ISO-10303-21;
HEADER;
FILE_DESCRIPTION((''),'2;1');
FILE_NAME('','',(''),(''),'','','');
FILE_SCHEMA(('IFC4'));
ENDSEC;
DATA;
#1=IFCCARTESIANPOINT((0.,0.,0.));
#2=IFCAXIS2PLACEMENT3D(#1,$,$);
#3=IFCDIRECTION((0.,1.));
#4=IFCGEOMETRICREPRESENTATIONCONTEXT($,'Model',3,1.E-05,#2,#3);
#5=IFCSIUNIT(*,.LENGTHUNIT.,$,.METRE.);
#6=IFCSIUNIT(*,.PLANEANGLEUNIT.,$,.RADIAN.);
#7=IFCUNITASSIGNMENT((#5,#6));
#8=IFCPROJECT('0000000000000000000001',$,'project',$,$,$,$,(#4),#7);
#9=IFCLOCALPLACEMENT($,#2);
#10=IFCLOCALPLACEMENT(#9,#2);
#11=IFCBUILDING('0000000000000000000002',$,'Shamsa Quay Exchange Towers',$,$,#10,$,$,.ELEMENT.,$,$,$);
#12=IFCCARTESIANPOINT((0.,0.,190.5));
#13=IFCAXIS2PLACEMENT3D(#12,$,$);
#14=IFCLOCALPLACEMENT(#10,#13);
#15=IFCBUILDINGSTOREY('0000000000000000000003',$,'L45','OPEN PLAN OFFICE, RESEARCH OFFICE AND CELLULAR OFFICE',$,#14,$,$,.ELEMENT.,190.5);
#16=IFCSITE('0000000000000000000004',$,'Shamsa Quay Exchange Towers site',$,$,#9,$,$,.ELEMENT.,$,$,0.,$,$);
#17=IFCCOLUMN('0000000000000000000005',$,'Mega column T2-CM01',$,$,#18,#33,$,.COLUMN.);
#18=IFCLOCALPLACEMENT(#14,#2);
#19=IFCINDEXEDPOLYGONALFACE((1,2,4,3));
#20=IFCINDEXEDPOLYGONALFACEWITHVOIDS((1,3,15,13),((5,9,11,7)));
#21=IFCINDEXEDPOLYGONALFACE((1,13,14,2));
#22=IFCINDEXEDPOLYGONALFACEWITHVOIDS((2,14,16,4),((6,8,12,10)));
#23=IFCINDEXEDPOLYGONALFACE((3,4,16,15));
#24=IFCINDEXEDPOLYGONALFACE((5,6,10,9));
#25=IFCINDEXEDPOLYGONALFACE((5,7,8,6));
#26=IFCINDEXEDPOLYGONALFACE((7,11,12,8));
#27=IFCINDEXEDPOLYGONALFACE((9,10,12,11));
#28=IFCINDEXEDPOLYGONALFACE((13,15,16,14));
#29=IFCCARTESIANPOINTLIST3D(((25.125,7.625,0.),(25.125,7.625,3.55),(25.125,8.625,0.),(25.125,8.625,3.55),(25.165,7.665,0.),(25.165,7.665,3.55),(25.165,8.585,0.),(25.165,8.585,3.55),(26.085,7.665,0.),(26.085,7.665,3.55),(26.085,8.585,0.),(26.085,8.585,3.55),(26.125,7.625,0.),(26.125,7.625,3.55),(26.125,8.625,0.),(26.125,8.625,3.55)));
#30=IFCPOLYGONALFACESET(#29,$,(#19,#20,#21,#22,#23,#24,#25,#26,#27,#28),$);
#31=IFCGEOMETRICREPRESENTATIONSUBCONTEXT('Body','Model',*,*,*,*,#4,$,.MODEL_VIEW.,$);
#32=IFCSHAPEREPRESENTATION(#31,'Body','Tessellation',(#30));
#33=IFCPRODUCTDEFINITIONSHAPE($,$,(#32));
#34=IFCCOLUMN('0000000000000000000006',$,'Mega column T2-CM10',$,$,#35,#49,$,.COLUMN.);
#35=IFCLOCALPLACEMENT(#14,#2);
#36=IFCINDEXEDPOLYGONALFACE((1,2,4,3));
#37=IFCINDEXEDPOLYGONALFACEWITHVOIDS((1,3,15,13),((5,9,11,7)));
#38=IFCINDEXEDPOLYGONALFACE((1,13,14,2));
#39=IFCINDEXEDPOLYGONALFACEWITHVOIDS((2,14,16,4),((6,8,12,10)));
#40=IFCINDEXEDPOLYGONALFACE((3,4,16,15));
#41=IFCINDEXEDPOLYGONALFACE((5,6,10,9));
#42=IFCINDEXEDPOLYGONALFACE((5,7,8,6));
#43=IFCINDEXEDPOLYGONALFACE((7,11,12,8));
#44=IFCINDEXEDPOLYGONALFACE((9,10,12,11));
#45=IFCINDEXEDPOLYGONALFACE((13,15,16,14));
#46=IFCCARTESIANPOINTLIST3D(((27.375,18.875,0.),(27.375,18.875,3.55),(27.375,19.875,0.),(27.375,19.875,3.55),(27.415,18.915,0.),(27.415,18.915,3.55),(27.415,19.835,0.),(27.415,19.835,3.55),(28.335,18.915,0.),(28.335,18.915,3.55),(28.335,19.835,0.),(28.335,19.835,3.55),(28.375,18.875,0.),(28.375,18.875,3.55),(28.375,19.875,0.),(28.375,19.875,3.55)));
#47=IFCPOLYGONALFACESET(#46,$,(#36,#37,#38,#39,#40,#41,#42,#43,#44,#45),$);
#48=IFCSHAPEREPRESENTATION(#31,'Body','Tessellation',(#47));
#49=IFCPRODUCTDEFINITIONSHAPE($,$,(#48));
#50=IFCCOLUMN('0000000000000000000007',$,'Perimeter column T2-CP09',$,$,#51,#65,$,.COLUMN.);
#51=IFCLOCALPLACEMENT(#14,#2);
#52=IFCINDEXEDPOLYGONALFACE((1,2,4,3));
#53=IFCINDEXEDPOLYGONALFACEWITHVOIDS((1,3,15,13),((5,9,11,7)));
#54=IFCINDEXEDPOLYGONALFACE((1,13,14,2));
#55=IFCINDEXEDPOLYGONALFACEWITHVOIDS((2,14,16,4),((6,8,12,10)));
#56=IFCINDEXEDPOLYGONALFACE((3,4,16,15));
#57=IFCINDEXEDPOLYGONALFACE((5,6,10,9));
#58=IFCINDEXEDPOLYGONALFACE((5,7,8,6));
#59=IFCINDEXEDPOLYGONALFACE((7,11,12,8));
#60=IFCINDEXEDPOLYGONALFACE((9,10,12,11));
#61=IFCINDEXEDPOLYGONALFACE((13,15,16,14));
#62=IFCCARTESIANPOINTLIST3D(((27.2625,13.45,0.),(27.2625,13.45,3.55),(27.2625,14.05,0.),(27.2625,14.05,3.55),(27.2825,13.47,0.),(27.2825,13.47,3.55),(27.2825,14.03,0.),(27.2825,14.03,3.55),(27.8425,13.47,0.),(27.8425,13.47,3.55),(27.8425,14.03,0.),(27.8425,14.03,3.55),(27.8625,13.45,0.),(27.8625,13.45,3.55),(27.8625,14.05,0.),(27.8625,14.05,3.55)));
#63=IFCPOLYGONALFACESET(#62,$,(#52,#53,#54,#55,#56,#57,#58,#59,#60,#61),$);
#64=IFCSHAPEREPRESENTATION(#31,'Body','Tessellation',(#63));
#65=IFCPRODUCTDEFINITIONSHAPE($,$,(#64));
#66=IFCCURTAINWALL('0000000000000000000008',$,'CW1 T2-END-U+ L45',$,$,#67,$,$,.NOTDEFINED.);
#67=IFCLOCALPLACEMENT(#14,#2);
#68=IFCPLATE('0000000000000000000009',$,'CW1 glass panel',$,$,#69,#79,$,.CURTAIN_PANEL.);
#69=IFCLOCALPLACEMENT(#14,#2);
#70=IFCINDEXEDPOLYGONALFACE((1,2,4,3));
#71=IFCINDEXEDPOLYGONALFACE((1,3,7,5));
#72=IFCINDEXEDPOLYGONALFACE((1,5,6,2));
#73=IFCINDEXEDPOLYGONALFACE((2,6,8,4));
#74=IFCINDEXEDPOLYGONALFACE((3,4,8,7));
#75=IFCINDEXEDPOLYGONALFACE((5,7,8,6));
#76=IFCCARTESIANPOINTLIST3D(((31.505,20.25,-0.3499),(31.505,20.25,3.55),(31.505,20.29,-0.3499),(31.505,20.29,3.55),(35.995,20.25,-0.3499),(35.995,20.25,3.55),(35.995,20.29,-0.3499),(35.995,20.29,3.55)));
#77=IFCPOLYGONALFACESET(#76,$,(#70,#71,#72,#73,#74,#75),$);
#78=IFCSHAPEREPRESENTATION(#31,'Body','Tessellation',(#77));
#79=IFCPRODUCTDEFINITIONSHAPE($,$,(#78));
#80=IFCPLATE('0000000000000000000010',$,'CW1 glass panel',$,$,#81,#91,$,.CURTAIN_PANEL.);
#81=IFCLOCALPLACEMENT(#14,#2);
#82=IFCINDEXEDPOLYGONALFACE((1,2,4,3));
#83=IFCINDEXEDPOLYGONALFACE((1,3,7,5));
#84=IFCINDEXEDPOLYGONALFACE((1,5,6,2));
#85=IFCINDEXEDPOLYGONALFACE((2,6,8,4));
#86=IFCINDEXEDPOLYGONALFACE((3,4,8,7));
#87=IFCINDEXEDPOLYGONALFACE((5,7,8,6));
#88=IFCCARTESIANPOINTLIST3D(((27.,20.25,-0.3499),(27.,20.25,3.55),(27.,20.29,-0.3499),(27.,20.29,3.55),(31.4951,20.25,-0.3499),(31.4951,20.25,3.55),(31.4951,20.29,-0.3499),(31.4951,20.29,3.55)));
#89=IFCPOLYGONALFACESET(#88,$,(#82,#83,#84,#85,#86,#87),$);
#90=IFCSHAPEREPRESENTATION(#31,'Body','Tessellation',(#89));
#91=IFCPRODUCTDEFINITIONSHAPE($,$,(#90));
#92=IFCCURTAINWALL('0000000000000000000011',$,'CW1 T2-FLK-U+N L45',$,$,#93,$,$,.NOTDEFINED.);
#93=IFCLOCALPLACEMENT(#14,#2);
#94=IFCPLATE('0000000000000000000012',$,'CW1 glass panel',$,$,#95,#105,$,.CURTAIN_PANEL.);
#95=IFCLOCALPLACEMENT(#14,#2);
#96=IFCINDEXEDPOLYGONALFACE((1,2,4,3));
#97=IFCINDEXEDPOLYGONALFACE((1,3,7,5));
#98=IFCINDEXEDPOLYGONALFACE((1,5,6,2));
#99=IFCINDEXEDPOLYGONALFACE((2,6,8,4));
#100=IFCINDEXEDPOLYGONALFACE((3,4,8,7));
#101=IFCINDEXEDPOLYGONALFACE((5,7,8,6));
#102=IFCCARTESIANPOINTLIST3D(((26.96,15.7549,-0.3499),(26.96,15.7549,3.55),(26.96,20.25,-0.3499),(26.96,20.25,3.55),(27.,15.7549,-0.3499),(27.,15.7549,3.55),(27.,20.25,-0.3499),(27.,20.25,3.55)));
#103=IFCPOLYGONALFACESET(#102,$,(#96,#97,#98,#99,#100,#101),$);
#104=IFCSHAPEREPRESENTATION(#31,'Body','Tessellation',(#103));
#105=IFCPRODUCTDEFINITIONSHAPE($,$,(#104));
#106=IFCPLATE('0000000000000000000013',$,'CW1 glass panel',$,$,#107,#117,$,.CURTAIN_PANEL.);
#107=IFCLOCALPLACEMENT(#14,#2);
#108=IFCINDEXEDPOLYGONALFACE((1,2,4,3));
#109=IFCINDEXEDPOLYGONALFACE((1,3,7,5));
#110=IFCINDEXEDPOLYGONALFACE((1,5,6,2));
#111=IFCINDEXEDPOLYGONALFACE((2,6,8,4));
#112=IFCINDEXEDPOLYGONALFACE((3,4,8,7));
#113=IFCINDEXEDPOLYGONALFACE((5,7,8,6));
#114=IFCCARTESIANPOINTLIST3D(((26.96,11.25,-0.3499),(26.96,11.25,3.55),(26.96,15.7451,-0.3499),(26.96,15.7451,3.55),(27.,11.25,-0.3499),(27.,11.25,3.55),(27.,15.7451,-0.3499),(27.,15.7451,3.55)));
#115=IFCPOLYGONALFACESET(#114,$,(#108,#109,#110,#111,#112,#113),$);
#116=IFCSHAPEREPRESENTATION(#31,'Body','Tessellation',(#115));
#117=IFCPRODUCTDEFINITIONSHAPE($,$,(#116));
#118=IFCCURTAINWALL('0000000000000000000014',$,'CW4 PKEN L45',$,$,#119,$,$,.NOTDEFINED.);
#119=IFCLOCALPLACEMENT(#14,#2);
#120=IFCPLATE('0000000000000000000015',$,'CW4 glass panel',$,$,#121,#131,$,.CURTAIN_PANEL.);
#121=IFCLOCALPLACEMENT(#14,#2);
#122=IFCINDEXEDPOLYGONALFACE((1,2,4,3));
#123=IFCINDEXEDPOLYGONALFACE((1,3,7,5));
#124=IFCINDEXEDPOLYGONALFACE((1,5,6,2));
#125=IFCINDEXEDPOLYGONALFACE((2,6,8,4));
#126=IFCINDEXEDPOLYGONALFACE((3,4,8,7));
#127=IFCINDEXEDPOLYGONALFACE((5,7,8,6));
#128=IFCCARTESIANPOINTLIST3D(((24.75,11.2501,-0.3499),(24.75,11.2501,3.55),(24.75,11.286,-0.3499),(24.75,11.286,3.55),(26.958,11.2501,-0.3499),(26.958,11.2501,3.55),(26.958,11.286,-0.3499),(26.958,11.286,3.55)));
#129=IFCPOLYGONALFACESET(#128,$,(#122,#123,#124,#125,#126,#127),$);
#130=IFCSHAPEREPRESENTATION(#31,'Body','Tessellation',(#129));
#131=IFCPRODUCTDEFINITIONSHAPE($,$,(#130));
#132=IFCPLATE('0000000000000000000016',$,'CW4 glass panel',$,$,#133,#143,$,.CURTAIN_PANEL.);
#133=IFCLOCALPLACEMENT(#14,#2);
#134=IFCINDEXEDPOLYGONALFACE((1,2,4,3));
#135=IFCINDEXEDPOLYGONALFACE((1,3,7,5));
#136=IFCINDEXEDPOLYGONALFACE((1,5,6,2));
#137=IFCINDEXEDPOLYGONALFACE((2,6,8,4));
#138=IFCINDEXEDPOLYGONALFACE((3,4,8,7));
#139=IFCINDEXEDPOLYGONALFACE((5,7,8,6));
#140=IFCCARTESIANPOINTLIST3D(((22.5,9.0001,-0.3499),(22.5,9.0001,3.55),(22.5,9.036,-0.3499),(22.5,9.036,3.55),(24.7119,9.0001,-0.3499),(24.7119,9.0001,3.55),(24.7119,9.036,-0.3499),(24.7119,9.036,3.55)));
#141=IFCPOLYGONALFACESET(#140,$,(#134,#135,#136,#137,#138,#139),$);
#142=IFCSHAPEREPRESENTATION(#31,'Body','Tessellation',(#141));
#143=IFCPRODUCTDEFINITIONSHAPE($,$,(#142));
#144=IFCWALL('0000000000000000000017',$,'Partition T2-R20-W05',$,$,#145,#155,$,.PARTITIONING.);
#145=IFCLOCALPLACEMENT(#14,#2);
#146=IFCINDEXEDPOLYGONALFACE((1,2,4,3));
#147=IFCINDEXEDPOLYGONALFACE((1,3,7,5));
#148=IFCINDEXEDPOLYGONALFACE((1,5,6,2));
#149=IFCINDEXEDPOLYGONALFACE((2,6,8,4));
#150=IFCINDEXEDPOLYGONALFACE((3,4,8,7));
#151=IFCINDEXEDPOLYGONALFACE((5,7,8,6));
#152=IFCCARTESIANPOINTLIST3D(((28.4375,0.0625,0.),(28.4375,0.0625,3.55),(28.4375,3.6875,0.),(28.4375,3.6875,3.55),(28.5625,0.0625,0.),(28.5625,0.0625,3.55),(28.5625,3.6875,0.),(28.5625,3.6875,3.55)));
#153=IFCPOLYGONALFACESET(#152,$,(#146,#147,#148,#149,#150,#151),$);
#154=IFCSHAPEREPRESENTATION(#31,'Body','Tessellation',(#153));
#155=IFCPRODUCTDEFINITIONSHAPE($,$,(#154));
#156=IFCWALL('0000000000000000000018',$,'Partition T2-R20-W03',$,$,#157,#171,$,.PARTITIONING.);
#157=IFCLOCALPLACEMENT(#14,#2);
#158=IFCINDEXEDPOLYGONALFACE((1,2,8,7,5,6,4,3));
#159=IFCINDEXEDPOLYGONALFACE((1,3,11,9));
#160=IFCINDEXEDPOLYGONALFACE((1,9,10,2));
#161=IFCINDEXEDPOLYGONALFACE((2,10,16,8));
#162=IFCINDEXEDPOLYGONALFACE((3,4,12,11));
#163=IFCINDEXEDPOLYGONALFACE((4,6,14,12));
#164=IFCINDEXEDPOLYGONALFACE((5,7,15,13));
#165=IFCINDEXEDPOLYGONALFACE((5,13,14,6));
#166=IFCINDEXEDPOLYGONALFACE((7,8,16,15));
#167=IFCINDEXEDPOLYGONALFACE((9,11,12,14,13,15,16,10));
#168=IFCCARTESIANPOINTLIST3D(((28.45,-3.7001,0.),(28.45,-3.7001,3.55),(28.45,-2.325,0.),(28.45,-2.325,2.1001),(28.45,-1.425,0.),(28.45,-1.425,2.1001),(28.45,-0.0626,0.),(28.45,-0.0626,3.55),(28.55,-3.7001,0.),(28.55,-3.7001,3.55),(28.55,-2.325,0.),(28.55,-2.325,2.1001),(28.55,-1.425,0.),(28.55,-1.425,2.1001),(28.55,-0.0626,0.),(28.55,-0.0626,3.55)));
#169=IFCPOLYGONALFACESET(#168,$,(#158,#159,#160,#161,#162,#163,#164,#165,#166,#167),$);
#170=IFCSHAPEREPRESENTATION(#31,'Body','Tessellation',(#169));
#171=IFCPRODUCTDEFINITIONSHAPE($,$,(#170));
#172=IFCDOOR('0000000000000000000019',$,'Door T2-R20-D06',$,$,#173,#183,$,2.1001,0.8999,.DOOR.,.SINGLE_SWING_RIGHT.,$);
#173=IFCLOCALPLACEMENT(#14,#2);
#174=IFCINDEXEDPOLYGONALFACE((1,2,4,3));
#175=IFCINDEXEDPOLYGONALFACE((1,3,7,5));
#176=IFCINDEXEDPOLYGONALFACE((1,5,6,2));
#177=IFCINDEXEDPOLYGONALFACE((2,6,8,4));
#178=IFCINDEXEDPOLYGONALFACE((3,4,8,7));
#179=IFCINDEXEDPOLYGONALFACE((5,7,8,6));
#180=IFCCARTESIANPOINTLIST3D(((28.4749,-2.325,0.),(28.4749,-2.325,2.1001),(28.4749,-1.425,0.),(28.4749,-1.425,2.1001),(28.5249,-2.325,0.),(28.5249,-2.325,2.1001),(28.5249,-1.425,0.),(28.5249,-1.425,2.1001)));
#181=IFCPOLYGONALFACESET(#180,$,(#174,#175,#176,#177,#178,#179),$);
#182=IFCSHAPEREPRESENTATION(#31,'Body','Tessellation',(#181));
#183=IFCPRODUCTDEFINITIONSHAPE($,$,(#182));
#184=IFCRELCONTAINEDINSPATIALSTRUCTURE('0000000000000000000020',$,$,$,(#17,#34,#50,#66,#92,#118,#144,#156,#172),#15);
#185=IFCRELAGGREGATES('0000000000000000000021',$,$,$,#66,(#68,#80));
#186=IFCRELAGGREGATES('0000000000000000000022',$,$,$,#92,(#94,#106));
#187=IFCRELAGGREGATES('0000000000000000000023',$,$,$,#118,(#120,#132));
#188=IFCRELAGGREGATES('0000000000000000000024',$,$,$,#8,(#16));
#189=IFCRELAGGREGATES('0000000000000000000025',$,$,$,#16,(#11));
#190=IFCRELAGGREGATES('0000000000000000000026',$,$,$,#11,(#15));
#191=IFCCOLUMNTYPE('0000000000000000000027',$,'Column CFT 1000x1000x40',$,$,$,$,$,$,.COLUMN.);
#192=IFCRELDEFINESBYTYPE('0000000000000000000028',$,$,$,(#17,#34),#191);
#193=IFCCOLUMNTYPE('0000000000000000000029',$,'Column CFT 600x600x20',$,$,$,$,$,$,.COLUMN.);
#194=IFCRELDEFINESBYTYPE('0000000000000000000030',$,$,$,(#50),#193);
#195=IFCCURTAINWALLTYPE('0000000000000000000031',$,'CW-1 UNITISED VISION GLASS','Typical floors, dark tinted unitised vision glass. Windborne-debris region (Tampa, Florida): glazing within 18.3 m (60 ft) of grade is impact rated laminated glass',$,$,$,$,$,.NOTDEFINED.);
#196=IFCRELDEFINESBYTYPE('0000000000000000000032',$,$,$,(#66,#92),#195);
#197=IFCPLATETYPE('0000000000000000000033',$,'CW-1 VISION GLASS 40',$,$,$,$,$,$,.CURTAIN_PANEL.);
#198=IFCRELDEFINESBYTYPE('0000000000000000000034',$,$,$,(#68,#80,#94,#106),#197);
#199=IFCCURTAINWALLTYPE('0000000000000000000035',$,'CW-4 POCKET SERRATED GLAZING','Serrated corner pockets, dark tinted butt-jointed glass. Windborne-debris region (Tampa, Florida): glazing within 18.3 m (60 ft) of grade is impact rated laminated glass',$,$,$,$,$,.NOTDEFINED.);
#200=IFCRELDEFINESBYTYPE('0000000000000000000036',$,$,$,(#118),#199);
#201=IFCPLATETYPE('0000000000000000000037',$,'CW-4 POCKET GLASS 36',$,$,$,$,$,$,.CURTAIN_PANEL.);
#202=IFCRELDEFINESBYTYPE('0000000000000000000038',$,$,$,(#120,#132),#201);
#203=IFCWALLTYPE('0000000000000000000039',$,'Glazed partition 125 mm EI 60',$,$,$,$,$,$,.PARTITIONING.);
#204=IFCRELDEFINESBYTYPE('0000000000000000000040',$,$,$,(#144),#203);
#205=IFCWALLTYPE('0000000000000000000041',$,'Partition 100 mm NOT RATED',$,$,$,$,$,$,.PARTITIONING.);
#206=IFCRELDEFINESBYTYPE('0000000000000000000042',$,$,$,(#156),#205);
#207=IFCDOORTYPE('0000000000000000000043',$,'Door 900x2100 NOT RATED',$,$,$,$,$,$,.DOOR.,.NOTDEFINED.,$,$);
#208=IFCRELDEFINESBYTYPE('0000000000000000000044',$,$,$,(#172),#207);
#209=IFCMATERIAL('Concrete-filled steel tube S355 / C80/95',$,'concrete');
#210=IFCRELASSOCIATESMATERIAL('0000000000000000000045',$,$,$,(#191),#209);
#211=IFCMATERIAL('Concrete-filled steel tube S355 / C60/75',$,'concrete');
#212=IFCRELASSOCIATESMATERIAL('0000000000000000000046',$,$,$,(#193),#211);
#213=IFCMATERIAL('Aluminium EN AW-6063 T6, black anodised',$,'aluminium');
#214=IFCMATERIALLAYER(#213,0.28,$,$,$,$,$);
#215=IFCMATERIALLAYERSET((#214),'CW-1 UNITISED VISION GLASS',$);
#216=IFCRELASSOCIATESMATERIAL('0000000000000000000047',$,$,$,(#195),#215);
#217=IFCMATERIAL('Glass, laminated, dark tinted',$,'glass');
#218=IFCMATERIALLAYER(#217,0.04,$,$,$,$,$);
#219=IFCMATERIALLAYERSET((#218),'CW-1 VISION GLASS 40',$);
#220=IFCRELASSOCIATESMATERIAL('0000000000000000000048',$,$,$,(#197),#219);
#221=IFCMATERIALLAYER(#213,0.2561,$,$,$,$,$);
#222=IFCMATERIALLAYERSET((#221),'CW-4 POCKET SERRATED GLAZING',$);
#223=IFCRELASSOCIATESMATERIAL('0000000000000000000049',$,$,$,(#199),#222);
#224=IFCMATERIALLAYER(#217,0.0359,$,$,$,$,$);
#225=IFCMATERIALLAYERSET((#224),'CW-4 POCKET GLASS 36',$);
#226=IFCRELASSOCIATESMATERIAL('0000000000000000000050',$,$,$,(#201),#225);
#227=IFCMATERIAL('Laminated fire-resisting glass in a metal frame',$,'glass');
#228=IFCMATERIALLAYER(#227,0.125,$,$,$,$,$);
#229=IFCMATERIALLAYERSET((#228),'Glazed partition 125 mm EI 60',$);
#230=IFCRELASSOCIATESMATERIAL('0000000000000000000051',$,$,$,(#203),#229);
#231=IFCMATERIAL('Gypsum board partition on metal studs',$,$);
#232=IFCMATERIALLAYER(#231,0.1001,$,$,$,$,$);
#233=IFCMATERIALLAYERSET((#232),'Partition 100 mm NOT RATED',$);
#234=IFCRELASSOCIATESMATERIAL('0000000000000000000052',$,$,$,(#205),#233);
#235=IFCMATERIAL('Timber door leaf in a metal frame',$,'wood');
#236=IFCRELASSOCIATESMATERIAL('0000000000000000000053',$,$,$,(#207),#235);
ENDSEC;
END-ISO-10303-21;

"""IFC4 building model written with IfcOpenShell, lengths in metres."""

from ifc_helpers import new_model, si_unit, direction, frame, frame_2d, origin, origin_2d, place, context, subcontext, project, spatial, rectangle, hollow_rectangle, extrude, material, layer, layer_set, material_profile, profile_set, type_object, element, fill, aggregate, save


model = new_model("IFC4")

# Units and contexts
model_context = context("Model", 3, precision=1e-05, world=origin(), true_north=direction((0.0, 1.0)))
body_context = subcontext(model_context, "Body", "Model", "MODEL_VIEW")
ifc_project = project(units=[si_unit("LENGTHUNIT", "METRE"), si_unit("PLANEANGLEUNIT", "RADIAN")], contexts=[model_context])

# Site, building, storey
site_placement = place(None, origin())
site = spatial("IfcSite", under=ifc_project, at=site_placement, Name="Shamsa Quay Exchange Towers site", CompositionType="ELEMENT", RefElevation=0.0)
building_placement = place(site_placement, origin())
building = spatial("IfcBuilding", under=site, at=building_placement, Name="Shamsa Quay Exchange Towers", CompositionType="ELEMENT")
storey_placement = place(building_placement, frame((0.0, 0.0, 190.5)))
storey = spatial("IfcBuildingStorey", under=building, at=storey_placement, Name="L45", Description="OPEN PLAN OFFICE, RESEARCH OFFICE AND CELLULAR OFFICE", CompositionType="ELEMENT", Elevation=190.5)

# Columns
ifc_material_1 = material(Name="Concrete-filled steel tube S355 / C80/95", Category="concrete")
ifc_material_profile_1 = material_profile(ifc_material_1, hollow_rectangle(XDim=1.0, YDim=1.0, WallThickness=0.04, at=origin_2d()), Name="CFT 1000x1000x40")
ifc_profile_set_1 = profile_set([ifc_material_profile_1], Name="Concrete-filled steel tube S355 / C80/95")
column_type_1 = type_object("IfcColumnType", Name="Column CFT 1000x1000x40", PredefinedType="COLUMN", material=ifc_profile_set_1)
for number, where, name in (
    (1, (25.625, 8.125, 0.0), "Mega column T2-CM01"),
    (2, (27.875, 19.375, 0.0), "Mega column T2-CM10"),
):
    element("IfcColumn", number, at=place(storey_placement, frame(where)), inside=storey, type_object=column_type_1, Name=name, PredefinedType="COLUMN", context=body_context, shape_type="SweptSolid", body=[
        extrude(hollow_rectangle(XDim=1.0, YDim=1.0, WallThickness=0.04, at=origin_2d()), origin(), (0.0, 0.0, 1.0), 3.55),
    ])
ifc_material_2 = material(Name="Concrete-filled steel tube S355 / C60/75", Category="concrete")
ifc_material_profile_2 = material_profile(ifc_material_2, hollow_rectangle(XDim=0.6001, YDim=0.6001, WallThickness=0.02, at=origin_2d()), Name="CFT 600x600x20")
ifc_profile_set_2 = profile_set([ifc_material_profile_2], Name="Concrete-filled steel tube S355 / C60/75")
column_type_2 = type_object("IfcColumnType", Name="Column CFT 600x600x20", PredefinedType="COLUMN", material=ifc_profile_set_2)
column_placement = place(storey_placement, frame((27.5625, 13.75, 0.0)))
element("IfcColumn", 3, at=column_placement, inside=storey, type_object=column_type_2, Name="Perimeter column T2-CP09", PredefinedType="COLUMN", context=body_context, shape_type="SweptSolid", body=[
    extrude(hollow_rectangle(XDim=0.6001, YDim=0.6001, WallThickness=0.02, at=origin_2d()), origin(), (0.0, 0.0, 1.0), 3.55),
])

# Curtain walls, plates
ifc_material_3 = material(Name="Aluminium EN AW-6063 T6, black anodised", Category="aluminium")
ifc_layer_1 = layer(ifc_material_3, 0.28)
ifc_layer_set_1 = layer_set([ifc_layer_1], Name="CW-1 UNITISED VISION GLASS")
curtain_wall_type_1 = type_object("IfcCurtainWallType", Name="CW-1 UNITISED VISION GLASS", Description="Typical floors, dark tinted unitised vision glass. Windborne-debris region (Tampa, Florida): glazing within 18.3 m (60 ft) of grade is impact rated laminated glass", PredefinedType="NOTDEFINED", material=ifc_layer_set_1)
curtain_wall_1_placement = place(storey_placement, origin())
curtain_wall_1 = element("IfcCurtainWall", 4, at=curtain_wall_1_placement, inside=storey, type_object=curtain_wall_type_1, Name="CW1 T2-END-U+ L45", PredefinedType="NOTDEFINED")
ifc_material_4 = material(Name="Glass, laminated, dark tinted", Category="glass")
ifc_layer_2 = layer(ifc_material_4, 0.04)
ifc_layer_set_2 = layer_set([ifc_layer_2], Name="CW-1 VISION GLASS 40")
plate_type_1 = type_object("IfcPlateType", Name="CW-1 VISION GLASS 40", PredefinedType="CURTAIN_PANEL", material=ifc_layer_set_2)
plate_1_placement = place(storey_placement, frame((33.75, 20.27, -0.3499), z_axis=(0.0, 0.0, 1.0), x_axis=(-1.0, 0.0, 0.0)))
plate_1 = element("IfcPlate", 5, at=plate_1_placement, type_object=plate_type_1, Name="CW1 glass panel", PredefinedType="CURTAIN_PANEL", context=body_context, shape_type="SweptSolid", body=[
    extrude(rectangle(XDim=4.49, YDim=0.04, at=origin_2d()), origin(), (0.0, 0.0, 1.0), 3.8999),
])
plate_2_placement = place(storey_placement, frame((29.2476, 20.27, -0.3499), z_axis=(0.0, 0.0, 1.0), x_axis=(-1.0, 0.0, 0.0)))
plate_2 = element("IfcPlate", 6, at=plate_2_placement, type_object=plate_type_1, Name="CW1 glass panel", PredefinedType="CURTAIN_PANEL", context=body_context, shape_type="SweptSolid", body=[
    extrude(rectangle(XDim=4.4951, YDim=0.04, at=origin_2d()), origin(), (0.0, 0.0, 1.0), 3.8999),
])
aggregate(curtain_wall_1, [plate_1, plate_2])
curtain_wall_2_placement = place(storey_placement, origin())
curtain_wall_2 = element("IfcCurtainWall", 7, at=curtain_wall_2_placement, inside=storey, type_object=curtain_wall_type_1, Name="CW1 T2-FLK-U+N L45", PredefinedType="NOTDEFINED")
plate_3_placement = place(storey_placement, frame((26.98, 18.0024, -0.3499), z_axis=(0.0, 0.0, 1.0), x_axis=(0.0, -1.0, 0.0)))
plate_3 = element("IfcPlate", 8, at=plate_3_placement, type_object=plate_type_1, Name="CW1 glass panel", PredefinedType="CURTAIN_PANEL", context=body_context, shape_type="SweptSolid", body=[
    extrude(rectangle(XDim=4.4951, YDim=0.04, at=origin_2d()), origin(), (0.0, 0.0, 1.0), 3.8999),
])
plate_4_placement = place(storey_placement, frame((26.98, 13.4976, -0.3499), z_axis=(0.0, 0.0, 1.0), x_axis=(0.0, -1.0, 0.0)))
plate_4 = element("IfcPlate", 9, at=plate_4_placement, type_object=plate_type_1, Name="CW1 glass panel", PredefinedType="CURTAIN_PANEL", context=body_context, shape_type="SweptSolid", body=[
    extrude(rectangle(XDim=4.4951, YDim=0.04, at=origin_2d()), origin(), (0.0, 0.0, 1.0), 3.8999),
])
aggregate(curtain_wall_2, [plate_3, plate_4])
ifc_layer_3 = layer(ifc_material_3, 0.2561)
ifc_layer_set_3 = layer_set([ifc_layer_3], Name="CW-4 POCKET SERRATED GLAZING")
curtain_wall_type_2 = type_object("IfcCurtainWallType", Name="CW-4 POCKET SERRATED GLAZING", Description="Serrated corner pockets, dark tinted butt-jointed glass. Windborne-debris region (Tampa, Florida): glazing within 18.3 m (60 ft) of grade is impact rated laminated glass", PredefinedType="NOTDEFINED", material=ifc_layer_set_3)
curtain_wall_3_placement = place(storey_placement, origin())
curtain_wall_3 = element("IfcCurtainWall", 10, at=curtain_wall_3_placement, inside=storey, type_object=curtain_wall_type_2, Name="CW4 PKEN L45", PredefinedType="NOTDEFINED")
ifc_layer_4 = layer(ifc_material_4, 0.0359)
ifc_layer_set_4 = layer_set([ifc_layer_4], Name="CW-4 POCKET GLASS 36")
plate_type_2 = type_object("IfcPlateType", Name="CW-4 POCKET GLASS 36", PredefinedType="CURTAIN_PANEL", material=ifc_layer_set_4)
plate_5_placement = place(storey_placement, frame((25.854, 11.2681, -0.3499), z_axis=(0.0, 0.0, 1.0), x_axis=(-1.0, 0.0, 0.0)))
plate_5 = element("IfcPlate", 11, at=plate_5_placement, type_object=plate_type_2, Name="CW4 glass panel", PredefinedType="CURTAIN_PANEL", context=body_context, shape_type="SweptSolid", body=[
    extrude(rectangle(XDim=2.208, YDim=0.0359, at=origin_2d()), origin(), (0.0, 0.0, 1.0), 3.8999),
])
plate_6_placement = place(storey_placement, frame((23.606, 9.0181, -0.3499), z_axis=(0.0, 0.0, 1.0), x_axis=(-1.0, 0.0, 0.0)))
plate_6 = element("IfcPlate", 12, at=plate_6_placement, type_object=plate_type_2, Name="CW4 glass panel", PredefinedType="CURTAIN_PANEL", context=body_context, shape_type="SweptSolid", body=[
    extrude(rectangle(XDim=2.2119, YDim=0.0359, at=origin_2d()), origin(), (0.0, 0.0, 1.0), 3.8999),
])
aggregate(curtain_wall_3, [plate_5, plate_6])

# Wall
ifc_material_5 = material(Name="Laminated fire-resisting glass in a metal frame", Category="glass")
ifc_layer_5 = layer(ifc_material_5, 0.125)
ifc_layer_set_5 = layer_set([ifc_layer_5], Name="Glazed partition 125 mm EI 60")
wall_type_1 = type_object("IfcWallType", Name="Glazed partition 125 mm EI 60", PredefinedType="PARTITIONING", material=ifc_layer_set_5)
wall_1_placement = place(storey_placement, frame((28.5, 3.6875, 0.0), z_axis=(0.0, 0.0, 1.0), x_axis=(0.0, -1.0, 0.0)))
element("IfcWall", 13, at=wall_1_placement, inside=storey, type_object=wall_type_1, Name="Partition T2-R20-W05", PredefinedType="PARTITIONING", context=body_context, shape_type="SweptSolid", body=[
    extrude(rectangle(XDim=3.625, YDim=0.125, at=frame_2d((1.8125, 0.0))), origin(), (0.0, 0.0, 1.0), 3.55),
])

# Wall, opening, door
ifc_material_6 = material(Name="Gypsum board partition on metal studs")
ifc_layer_6 = layer(ifc_material_6, 0.1001)
ifc_layer_set_6 = layer_set([ifc_layer_6], Name="Partition 100 mm NOT RATED")
wall_type_2 = type_object("IfcWallType", Name="Partition 100 mm NOT RATED", PredefinedType="PARTITIONING", material=ifc_layer_set_6)
wall_2_placement = place(storey_placement, frame((28.5, -0.0625, 0.0), z_axis=(0.0, 0.0, 1.0), x_axis=(0.0, -1.0, 0.0)))
wall_2 = element("IfcWall", 14, at=wall_2_placement, inside=storey, type_object=wall_type_2, Name="Partition T2-R20-W03", PredefinedType="PARTITIONING", context=body_context, shape_type="SweptSolid", body=[
    extrude(rectangle(XDim=3.6375, YDim=0.1001, at=frame_2d((1.8188, 0.0))), origin(), (0.0, 0.0, 1.0), 3.55),
])
opening_1_placement = place(wall_2_placement, frame((1.3625, 0.0, 0.0)))
opening_1 = element("IfcOpeningElement", 15, at=opening_1_placement, cuts=wall_2, PredefinedType="OPENING", context=body_context, shape_type="SweptSolid", body=[
    extrude(rectangle(XDim=0.8999, YDim=2.1001, at=frame_2d((0.45, 1.05))), frame((0.0, 0.0601, 0.0), z_axis=(0.0, -1.0, 0.0), x_axis=(1.0, 0.0, 0.0)), (0.0, 0.0, 1.0), 0.1201),
])
ifc_material_7 = material(Name="Timber door leaf in a metal frame", Category="wood")
door_type_1 = type_object("IfcDoorType", Name="Door 900x2100 NOT RATED", OperationType="NOTDEFINED", PredefinedType="DOOR", material=ifc_material_7)
door_1_placement = place(opening_1_placement, origin())
door_1 = element("IfcDoor", 16, at=door_1_placement, inside=storey, type_object=door_type_1, Name="Door T2-R20-D06", OperationType="SINGLE_SWING_RIGHT", OverallHeight=2.1001, OverallWidth=0.8999, PredefinedType="DOOR", context=body_context, shape_type="SweptSolid", body=[
    extrude(rectangle(XDim=0.8999, YDim=2.1001, at=frame_2d((0.45, 1.05))), frame((0.0, 0.0249, 0.0), z_axis=(0.0, -1.0, 0.0), x_axis=(1.0, 0.0, 0.0)), (0.0, 0.0, 1.0), 0.05),
])
fill(opening_1, door_1)

save(model, "model.ifc")
